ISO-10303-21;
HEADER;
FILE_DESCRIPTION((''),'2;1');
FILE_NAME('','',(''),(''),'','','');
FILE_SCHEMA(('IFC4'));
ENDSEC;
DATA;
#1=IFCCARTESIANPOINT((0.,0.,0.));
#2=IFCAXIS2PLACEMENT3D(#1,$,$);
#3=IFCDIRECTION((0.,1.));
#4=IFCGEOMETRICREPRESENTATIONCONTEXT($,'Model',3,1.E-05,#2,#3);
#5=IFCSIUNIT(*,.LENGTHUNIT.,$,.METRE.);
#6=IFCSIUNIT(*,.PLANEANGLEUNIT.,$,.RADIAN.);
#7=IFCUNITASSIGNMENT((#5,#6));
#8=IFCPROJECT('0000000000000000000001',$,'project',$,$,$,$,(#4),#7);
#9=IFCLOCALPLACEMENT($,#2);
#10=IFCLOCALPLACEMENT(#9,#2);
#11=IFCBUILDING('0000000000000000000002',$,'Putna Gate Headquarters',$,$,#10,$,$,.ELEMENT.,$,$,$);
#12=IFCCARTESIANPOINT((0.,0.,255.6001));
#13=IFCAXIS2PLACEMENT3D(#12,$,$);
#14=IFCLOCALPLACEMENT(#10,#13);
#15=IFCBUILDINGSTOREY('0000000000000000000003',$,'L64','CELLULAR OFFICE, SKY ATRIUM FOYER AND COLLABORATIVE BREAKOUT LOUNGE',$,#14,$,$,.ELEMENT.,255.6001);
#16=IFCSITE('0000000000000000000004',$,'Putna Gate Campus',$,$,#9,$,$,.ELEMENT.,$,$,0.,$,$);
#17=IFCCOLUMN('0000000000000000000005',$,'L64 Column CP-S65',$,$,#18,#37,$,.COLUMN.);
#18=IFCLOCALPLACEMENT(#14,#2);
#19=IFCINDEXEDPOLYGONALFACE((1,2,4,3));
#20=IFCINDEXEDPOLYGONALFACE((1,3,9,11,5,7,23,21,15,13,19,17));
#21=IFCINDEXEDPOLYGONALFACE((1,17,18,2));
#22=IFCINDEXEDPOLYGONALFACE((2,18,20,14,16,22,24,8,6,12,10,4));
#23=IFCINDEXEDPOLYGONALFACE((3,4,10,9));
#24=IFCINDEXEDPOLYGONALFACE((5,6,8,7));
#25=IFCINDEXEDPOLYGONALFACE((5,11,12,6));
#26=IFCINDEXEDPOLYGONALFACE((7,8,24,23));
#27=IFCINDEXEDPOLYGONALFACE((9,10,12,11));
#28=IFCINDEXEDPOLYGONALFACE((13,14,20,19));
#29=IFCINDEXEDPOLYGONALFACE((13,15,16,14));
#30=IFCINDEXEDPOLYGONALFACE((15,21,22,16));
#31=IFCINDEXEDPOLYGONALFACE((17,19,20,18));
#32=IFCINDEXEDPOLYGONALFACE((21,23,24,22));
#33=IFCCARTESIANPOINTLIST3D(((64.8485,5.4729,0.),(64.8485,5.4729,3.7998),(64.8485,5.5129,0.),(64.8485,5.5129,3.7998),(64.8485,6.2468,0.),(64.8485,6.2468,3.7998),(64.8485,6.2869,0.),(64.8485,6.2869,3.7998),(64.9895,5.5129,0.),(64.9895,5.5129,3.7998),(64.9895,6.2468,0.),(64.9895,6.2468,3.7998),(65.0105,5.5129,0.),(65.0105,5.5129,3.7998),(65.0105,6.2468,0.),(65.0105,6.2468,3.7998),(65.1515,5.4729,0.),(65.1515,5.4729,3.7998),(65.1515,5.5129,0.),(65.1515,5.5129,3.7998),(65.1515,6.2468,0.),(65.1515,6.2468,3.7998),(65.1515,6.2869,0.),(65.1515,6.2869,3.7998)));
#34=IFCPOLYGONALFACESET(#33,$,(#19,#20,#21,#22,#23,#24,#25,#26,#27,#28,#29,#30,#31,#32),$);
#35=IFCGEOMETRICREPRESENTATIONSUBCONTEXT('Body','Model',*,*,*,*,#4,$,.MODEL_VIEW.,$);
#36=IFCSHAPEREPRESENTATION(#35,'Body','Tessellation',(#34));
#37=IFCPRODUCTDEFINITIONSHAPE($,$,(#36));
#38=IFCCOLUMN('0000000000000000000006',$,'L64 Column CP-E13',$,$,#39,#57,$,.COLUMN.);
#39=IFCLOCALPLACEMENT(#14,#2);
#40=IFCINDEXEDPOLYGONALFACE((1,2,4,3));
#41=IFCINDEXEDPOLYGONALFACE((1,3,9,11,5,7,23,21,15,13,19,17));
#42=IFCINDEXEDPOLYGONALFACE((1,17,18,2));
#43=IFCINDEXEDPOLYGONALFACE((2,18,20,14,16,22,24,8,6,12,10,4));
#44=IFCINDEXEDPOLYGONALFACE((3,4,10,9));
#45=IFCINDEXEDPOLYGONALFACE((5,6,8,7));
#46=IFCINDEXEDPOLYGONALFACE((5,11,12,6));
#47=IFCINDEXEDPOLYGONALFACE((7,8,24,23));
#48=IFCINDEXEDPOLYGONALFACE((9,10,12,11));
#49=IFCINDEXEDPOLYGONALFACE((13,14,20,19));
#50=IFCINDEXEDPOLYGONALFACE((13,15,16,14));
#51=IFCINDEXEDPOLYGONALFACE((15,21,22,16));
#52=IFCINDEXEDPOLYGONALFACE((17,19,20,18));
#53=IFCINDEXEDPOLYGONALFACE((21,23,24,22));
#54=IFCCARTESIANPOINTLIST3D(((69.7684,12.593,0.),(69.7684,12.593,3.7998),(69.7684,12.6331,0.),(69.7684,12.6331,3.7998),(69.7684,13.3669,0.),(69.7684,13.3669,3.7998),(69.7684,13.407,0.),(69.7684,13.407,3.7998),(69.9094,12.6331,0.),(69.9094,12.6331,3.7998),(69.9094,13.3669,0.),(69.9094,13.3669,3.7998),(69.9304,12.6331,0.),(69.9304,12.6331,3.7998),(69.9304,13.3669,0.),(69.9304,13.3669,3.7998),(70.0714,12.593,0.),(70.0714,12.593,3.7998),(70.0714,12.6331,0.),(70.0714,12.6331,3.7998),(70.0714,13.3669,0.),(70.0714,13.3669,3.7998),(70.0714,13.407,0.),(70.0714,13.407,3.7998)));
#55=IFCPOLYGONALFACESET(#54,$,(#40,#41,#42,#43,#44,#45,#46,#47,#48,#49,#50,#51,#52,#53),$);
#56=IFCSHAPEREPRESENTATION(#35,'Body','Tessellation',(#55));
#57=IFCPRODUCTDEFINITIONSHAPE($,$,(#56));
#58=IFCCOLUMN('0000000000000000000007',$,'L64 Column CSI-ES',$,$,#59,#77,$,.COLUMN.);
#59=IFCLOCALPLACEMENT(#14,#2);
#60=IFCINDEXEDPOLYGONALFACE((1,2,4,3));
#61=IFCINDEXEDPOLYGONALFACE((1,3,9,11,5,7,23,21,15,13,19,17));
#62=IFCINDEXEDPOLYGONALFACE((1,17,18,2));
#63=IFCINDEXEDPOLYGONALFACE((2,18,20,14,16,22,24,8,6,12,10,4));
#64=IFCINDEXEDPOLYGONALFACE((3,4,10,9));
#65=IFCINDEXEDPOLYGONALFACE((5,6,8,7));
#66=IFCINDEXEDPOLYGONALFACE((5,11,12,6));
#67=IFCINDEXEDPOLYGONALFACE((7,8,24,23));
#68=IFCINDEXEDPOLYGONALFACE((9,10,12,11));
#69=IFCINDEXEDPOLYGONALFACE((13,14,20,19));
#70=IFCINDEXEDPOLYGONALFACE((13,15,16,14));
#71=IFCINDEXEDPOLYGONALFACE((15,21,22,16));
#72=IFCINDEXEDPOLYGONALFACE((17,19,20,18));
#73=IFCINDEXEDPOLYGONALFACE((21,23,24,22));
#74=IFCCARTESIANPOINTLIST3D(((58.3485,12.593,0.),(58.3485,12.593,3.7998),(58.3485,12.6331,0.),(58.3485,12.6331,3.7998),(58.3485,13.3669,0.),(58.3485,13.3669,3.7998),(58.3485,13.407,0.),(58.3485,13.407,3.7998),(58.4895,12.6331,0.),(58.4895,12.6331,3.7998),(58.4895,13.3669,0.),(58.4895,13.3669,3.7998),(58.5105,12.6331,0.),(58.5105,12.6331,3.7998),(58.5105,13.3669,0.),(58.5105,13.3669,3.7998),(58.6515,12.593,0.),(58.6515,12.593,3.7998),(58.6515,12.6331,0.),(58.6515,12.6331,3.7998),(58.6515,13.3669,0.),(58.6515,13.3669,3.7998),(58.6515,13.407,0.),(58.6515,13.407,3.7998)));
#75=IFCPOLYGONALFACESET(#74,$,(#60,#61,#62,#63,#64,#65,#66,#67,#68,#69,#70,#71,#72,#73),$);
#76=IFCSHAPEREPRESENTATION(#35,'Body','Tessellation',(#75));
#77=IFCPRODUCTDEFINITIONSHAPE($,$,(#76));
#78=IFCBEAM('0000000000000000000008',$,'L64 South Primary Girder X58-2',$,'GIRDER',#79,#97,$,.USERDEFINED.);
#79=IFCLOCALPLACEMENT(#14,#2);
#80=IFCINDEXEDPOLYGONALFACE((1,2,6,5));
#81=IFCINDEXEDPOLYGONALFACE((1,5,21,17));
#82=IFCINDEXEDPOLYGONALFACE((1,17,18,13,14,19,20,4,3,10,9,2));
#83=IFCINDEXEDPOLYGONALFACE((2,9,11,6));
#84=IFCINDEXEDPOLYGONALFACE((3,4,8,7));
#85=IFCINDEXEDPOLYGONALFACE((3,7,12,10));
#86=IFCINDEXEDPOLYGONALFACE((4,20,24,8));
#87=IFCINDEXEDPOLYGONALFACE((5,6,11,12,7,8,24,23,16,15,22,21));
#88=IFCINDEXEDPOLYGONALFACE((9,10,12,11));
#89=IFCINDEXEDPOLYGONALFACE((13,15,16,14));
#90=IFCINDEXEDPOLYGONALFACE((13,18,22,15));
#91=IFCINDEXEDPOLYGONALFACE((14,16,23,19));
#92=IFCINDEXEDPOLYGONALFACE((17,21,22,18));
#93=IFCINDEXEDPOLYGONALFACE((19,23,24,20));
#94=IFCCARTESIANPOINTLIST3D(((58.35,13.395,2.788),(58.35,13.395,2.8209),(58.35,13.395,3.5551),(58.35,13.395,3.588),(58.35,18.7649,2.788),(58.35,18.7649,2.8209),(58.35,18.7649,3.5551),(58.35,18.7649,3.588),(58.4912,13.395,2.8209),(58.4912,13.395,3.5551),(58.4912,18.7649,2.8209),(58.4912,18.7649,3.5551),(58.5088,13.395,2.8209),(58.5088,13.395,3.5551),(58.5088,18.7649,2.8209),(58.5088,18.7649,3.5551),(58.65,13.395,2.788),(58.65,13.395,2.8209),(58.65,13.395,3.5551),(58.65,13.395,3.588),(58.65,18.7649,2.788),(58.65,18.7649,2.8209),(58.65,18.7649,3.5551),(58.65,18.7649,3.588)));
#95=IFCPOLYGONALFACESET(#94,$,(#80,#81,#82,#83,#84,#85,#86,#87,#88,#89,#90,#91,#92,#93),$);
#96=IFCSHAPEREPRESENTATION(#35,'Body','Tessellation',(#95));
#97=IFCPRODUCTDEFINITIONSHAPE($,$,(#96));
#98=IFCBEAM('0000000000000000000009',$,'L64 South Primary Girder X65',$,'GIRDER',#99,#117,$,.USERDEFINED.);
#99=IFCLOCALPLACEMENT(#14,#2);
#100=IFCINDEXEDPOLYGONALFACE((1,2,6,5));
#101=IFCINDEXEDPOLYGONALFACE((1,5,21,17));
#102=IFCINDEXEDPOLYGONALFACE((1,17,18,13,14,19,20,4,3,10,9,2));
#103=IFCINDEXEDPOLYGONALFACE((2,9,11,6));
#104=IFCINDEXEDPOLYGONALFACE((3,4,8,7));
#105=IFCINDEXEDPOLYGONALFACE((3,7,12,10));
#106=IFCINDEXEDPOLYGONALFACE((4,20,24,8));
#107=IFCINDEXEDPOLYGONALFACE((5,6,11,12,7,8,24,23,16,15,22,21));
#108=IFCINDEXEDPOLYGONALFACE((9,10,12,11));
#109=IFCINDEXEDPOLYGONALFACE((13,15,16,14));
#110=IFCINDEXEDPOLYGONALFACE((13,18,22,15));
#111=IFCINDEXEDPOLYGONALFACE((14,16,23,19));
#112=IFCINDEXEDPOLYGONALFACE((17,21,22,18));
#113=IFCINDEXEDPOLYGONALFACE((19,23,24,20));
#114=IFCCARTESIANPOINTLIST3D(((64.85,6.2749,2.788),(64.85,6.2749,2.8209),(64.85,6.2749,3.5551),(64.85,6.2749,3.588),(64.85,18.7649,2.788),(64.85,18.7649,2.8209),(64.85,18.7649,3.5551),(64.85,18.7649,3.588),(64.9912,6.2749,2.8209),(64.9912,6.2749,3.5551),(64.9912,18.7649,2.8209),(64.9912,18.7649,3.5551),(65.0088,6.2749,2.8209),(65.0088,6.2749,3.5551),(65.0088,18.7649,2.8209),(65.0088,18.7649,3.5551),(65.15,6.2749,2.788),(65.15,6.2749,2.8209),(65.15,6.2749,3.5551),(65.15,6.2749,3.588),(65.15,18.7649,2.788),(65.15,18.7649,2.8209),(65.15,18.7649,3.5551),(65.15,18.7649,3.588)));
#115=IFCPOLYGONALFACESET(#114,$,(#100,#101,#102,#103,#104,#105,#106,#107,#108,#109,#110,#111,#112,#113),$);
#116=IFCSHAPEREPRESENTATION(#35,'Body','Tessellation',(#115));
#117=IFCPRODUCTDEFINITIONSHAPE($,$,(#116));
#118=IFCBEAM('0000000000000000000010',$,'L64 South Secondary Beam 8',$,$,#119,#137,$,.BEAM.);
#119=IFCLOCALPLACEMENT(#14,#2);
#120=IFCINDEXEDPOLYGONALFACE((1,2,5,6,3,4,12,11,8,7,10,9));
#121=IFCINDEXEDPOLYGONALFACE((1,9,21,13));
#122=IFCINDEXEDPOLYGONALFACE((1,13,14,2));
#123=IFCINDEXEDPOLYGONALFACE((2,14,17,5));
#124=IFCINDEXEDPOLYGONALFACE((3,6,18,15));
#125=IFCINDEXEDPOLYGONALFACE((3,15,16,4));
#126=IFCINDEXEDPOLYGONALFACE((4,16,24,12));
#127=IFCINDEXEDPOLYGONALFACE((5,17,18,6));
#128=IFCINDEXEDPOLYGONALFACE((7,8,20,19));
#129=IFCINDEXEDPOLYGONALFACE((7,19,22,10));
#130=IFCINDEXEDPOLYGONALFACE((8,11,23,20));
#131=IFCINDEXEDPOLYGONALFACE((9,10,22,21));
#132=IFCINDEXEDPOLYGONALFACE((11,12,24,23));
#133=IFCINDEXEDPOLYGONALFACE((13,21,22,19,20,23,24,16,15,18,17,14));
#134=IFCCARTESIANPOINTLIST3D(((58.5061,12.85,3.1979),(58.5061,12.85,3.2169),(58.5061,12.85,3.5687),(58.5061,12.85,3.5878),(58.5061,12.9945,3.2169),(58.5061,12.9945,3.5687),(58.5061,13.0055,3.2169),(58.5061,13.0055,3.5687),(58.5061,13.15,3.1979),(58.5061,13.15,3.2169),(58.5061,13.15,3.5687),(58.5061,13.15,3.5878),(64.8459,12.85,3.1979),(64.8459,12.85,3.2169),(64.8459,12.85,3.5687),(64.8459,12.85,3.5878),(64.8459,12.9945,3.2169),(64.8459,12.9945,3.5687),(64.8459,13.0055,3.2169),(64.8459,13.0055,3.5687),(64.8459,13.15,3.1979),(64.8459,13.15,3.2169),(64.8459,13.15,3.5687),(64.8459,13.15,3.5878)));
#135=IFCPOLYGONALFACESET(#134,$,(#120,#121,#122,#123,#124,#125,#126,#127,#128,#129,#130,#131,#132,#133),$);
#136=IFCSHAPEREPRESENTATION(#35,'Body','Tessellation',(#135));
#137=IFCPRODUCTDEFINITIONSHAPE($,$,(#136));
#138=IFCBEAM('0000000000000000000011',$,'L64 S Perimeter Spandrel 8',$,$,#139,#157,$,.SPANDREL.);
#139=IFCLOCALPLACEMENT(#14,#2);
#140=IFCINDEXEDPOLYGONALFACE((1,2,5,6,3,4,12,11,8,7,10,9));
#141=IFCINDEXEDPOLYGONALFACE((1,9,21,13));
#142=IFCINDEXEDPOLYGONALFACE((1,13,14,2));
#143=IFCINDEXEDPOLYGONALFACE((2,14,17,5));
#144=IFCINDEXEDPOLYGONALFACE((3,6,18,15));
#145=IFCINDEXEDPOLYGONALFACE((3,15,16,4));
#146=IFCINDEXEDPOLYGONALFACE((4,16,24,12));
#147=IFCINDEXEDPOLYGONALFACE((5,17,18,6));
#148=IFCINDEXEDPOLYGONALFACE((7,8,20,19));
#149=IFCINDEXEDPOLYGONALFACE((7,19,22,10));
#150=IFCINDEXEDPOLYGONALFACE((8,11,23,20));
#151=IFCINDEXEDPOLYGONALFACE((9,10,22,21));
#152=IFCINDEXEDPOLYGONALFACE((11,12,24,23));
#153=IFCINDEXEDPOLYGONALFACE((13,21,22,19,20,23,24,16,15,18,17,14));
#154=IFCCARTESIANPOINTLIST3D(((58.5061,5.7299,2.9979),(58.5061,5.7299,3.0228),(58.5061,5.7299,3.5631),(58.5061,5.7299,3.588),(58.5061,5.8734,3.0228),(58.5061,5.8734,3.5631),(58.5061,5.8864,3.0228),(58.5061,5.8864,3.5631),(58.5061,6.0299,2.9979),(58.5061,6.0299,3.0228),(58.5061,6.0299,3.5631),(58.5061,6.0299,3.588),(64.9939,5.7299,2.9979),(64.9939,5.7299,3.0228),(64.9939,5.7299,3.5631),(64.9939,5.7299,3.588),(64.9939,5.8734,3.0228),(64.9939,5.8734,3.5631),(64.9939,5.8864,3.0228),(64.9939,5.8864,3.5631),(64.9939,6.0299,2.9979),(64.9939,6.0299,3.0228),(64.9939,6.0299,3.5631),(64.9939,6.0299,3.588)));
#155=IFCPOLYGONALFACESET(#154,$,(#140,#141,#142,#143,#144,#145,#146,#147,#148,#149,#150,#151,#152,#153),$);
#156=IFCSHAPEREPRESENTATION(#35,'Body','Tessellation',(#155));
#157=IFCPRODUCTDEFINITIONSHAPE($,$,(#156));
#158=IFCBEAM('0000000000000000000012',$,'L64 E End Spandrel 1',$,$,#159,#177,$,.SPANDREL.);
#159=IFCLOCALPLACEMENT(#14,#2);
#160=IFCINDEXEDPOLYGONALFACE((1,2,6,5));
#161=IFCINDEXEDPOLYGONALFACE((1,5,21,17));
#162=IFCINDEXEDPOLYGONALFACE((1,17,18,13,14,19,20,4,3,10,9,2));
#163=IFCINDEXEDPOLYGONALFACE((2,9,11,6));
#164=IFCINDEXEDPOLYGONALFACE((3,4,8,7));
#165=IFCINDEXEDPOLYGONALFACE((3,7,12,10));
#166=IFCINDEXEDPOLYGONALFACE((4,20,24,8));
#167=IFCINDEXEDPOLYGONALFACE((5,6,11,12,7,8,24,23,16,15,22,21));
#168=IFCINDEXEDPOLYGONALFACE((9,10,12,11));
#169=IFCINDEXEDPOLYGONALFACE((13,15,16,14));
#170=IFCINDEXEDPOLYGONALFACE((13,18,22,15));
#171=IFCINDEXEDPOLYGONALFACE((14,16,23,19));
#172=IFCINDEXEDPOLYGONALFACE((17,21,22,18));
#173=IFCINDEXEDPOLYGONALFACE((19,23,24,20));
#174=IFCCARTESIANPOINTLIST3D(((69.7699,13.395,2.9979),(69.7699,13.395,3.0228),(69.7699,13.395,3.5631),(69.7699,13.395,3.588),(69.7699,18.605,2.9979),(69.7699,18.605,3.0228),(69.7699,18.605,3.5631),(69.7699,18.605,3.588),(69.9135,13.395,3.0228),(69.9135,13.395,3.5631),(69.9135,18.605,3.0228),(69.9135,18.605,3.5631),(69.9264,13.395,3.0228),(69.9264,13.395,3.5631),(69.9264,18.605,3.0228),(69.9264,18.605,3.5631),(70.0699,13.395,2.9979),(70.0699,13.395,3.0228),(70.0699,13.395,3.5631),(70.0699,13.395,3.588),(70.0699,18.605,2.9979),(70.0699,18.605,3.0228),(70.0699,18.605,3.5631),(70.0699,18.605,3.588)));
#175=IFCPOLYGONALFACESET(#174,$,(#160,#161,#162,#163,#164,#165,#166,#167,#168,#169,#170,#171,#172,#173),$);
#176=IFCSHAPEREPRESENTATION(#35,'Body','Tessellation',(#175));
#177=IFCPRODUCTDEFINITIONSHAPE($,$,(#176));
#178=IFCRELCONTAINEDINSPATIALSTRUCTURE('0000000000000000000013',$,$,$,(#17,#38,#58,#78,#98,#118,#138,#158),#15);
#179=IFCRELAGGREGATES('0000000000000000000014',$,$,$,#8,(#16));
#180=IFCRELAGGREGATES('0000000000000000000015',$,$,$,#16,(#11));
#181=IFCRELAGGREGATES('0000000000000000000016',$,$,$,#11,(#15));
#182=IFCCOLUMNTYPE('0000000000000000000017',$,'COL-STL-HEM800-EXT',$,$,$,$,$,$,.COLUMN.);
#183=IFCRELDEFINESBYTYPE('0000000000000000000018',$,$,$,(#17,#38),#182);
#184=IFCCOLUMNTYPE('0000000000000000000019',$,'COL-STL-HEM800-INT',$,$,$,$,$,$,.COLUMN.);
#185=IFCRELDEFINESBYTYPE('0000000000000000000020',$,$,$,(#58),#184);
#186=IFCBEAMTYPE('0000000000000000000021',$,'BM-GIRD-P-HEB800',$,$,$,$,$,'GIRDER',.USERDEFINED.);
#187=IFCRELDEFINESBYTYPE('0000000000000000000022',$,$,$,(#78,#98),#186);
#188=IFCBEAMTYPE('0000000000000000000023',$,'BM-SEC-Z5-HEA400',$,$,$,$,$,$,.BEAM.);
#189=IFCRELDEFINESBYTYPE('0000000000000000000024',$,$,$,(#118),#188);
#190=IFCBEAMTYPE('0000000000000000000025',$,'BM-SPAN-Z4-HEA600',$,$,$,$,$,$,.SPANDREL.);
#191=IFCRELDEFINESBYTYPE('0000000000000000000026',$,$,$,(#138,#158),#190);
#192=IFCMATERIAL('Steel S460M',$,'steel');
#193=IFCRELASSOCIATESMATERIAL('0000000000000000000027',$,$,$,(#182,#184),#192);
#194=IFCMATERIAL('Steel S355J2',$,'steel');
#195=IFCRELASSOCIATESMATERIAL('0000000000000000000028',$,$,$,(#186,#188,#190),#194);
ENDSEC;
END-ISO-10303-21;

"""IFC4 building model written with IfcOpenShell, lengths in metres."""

from ifc_helpers import new_model, si_unit, direction, frame, origin, origin_2d, place, context, subcontext, project, spatial, i_section, extrude, material, material_profile, profile_set, type_object, element, save


model = new_model("IFC4")

# Units and contexts
model_context = context("Model", 3, precision=1e-05, world=origin(), true_north=direction((0.0, 1.0)))
body_context = subcontext(model_context, "Body", "Model", "MODEL_VIEW")
ifc_project = project(units=[si_unit("LENGTHUNIT", "METRE"), si_unit("PLANEANGLEUNIT", "RADIAN")], contexts=[model_context])

# Site, building, storey
site_placement = place(None, origin())
site = spatial("IfcSite", under=ifc_project, at=site_placement, Name="Putna Gate Campus", CompositionType="ELEMENT", RefElevation=0.0)
building_placement = place(site_placement, origin())
building = spatial("IfcBuilding", under=site, at=building_placement, Name="Putna Gate Headquarters", CompositionType="ELEMENT")
storey_placement = place(building_placement, frame((0.0, 0.0, 255.6001)))
storey = spatial("IfcBuildingStorey", under=building, at=storey_placement, Name="L64", Description="CELLULAR OFFICE, SKY ATRIUM FOYER AND COLLABORATIVE BREAKOUT LOUNGE", CompositionType="ELEMENT", Elevation=255.6001)

# Columns
ifc_material_1 = material(Name="Steel S460M", Category="steel")
ifc_material_profile_1 = material_profile(ifc_material_1, i_section(OverallWidth=0.303, OverallDepth=0.814, WebThickness=0.021, FlangeThickness=0.04, at=origin_2d()), Name="Steel S460M")
ifc_profile_set_1 = profile_set([ifc_material_profile_1], Name="Steel S460M")
column_type_1 = type_object("IfcColumnType", Name="COL-STL-HEM800-EXT", PredefinedType="COLUMN", material=ifc_profile_set_1)
for number, where, z_axis, x_axis, name in (
    (1, (65.0, 5.8799, 0.0), (0.0, 0.0, 1.0), (1.0, 0.0, 0.0), "L64 Column CP-S65"),
    (2, (69.9199, 13.0, 0.0), (0.0, 0.0, 1.0), (1.0, 0.0, 0.0), "L64 Column CP-E13"),
):
    element("IfcColumn", number, at=place(storey_placement, frame(where, z_axis=z_axis, x_axis=x_axis)), inside=storey, type_object=column_type_1, Name=name, PredefinedType="COLUMN", context=body_context, shape_type="SweptSolid", body=[
        extrude(i_section(OverallWidth=0.303, OverallDepth=0.814, WebThickness=0.021, FlangeThickness=0.04, at=origin_2d()), origin(), (0.0, 0.0, 1.0), 3.7998),
    ])
ifc_material_profile_2 = material_profile(ifc_material_1, i_section(OverallWidth=0.303, OverallDepth=0.814, WebThickness=0.021, FlangeThickness=0.04, at=origin_2d()), Name="Steel S460M")
ifc_profile_set_2 = profile_set([ifc_material_profile_2], Name="Steel S460M")
column_type_2 = type_object("IfcColumnType", Name="COL-STL-HEM800-INT", PredefinedType="COLUMN", material=ifc_profile_set_2)
column_placement = place(storey_placement, frame((58.5, 13.0, 0.0), z_axis=(0.0, 0.0, 1.0), x_axis=(1.0, 0.0, 0.0)))
element("IfcColumn", 3, at=column_placement, inside=storey, type_object=column_type_2, Name="L64 Column CSI-ES", PredefinedType="COLUMN", context=body_context, shape_type="SweptSolid", body=[
    extrude(i_section(OverallWidth=0.303, OverallDepth=0.814, WebThickness=0.021, FlangeThickness=0.04, at=origin_2d()), origin(), (0.0, 0.0, 1.0), 3.7998),
])

# Beams
ifc_material_2 = material(Name="Steel S355J2", Category="steel")
ifc_material_profile_3 = material_profile(ifc_material_2, i_section(OverallWidth=0.3, OverallDepth=0.8, WebThickness=0.0176, FlangeThickness=0.033, at=origin_2d()), Name="Steel S355J2")
ifc_profile_set_3 = profile_set([ifc_material_profile_3], Name="Steel S355J2")
beam_type_1 = type_object("IfcBeamType", Name="BM-GIRD-P-HEB800", ElementType="GIRDER", PredefinedType="USERDEFINED", material=ifc_profile_set_3)
beam_1_placement = place(storey_placement, frame((58.5, 13.395, 3.188), z_axis=(0.0, 1.0, 0.0), x_axis=(-1.0, 0.0, 0.0)))
element("IfcBeam", 4, at=beam_1_placement, inside=storey, type_object=beam_type_1, Name="L64 South Primary Girder X58-2", ObjectType="GIRDER", PredefinedType="USERDEFINED", context=body_context, shape_type="SweptSolid", body=[
    extrude(i_section(OverallWidth=0.3, OverallDepth=0.8, WebThickness=0.0176, FlangeThickness=0.033, at=origin_2d()), origin(), (0.0, 0.0, 1.0), 5.3699),
])
beam_2_placement = place(storey_placement, frame((65.0, 6.2749, 3.188), z_axis=(0.0, 1.0, 0.0), x_axis=(-1.0, 0.0, 0.0)))
element("IfcBeam", 5, at=beam_2_placement, inside=storey, type_object=beam_type_1, Name="L64 South Primary Girder X65", ObjectType="GIRDER", PredefinedType="USERDEFINED", context=body_context, shape_type="SweptSolid", body=[
    extrude(i_section(OverallWidth=0.3, OverallDepth=0.8, WebThickness=0.0176, FlangeThickness=0.033, at=origin_2d()), origin(), (0.0, 0.0, 1.0), 12.49),
])
ifc_material_profile_4 = material_profile(ifc_material_2, i_section(OverallWidth=0.3, OverallDepth=0.3899, WebThickness=0.011, FlangeThickness=0.019, at=origin_2d()), Name="Steel S355J2")
ifc_profile_set_4 = profile_set([ifc_material_profile_4], Name="Steel S355J2")
beam_type_2 = type_object("IfcBeamType", Name="BM-SEC-Z5-HEA400", PredefinedType="BEAM", material=ifc_profile_set_4)
beam_3_placement = place(storey_placement, frame((58.5061, 13.0, 3.3928), z_axis=(1.0, 0.0, 0.0), x_axis=(0.0, 1.0, 0.0)))
element("IfcBeam", 6, at=beam_3_placement, inside=storey, type_object=beam_type_2, Name="L64 South Secondary Beam 8", PredefinedType="BEAM", context=body_context, shape_type="SweptSolid", body=[
    extrude(i_section(OverallWidth=0.3, OverallDepth=0.3899, WebThickness=0.011, FlangeThickness=0.019, at=origin_2d()), origin(), (0.0, 0.0, 1.0), 6.3398),
])
ifc_material_profile_5 = material_profile(ifc_material_2, i_section(OverallWidth=0.3, OverallDepth=0.5901, WebThickness=0.0129, FlangeThickness=0.0249, at=origin_2d()), Name="Steel S355J2")
ifc_profile_set_5 = profile_set([ifc_material_profile_5], Name="Steel S355J2")
beam_type_3 = type_object("IfcBeamType", Name="BM-SPAN-Z4-HEA600", PredefinedType="SPANDREL", material=ifc_profile_set_5)
beam_4_placement = place(storey_placement, frame((58.5061, 5.8799, 3.293), z_axis=(1.0, 0.0, 0.0), x_axis=(0.0, 1.0, 0.0)))
element("IfcBeam", 7, at=beam_4_placement, inside=storey, type_object=beam_type_3, Name="L64 S Perimeter Spandrel 8", PredefinedType="SPANDREL", context=body_context, shape_type="SweptSolid", body=[
    extrude(i_section(OverallWidth=0.3, OverallDepth=0.5901, WebThickness=0.0129, FlangeThickness=0.0249, at=origin_2d()), origin(), (0.0, 0.0, 1.0), 6.4878),
])
beam_5_placement = place(storey_placement, frame((69.9199, 13.395, 3.293), z_axis=(0.0, 1.0, 0.0), x_axis=(-1.0, 0.0, 0.0)))
element("IfcBeam", 8, at=beam_5_placement, inside=storey, type_object=beam_type_3, Name="L64 E End Spandrel 1", PredefinedType="SPANDREL", context=body_context, shape_type="SweptSolid", body=[
    extrude(i_section(OverallWidth=0.3, OverallDepth=0.5901, WebThickness=0.0129, FlangeThickness=0.0249, at=origin_2d()), origin(), (0.0, 0.0, 1.0), 5.21),
])

save(model, "model.ifc")
